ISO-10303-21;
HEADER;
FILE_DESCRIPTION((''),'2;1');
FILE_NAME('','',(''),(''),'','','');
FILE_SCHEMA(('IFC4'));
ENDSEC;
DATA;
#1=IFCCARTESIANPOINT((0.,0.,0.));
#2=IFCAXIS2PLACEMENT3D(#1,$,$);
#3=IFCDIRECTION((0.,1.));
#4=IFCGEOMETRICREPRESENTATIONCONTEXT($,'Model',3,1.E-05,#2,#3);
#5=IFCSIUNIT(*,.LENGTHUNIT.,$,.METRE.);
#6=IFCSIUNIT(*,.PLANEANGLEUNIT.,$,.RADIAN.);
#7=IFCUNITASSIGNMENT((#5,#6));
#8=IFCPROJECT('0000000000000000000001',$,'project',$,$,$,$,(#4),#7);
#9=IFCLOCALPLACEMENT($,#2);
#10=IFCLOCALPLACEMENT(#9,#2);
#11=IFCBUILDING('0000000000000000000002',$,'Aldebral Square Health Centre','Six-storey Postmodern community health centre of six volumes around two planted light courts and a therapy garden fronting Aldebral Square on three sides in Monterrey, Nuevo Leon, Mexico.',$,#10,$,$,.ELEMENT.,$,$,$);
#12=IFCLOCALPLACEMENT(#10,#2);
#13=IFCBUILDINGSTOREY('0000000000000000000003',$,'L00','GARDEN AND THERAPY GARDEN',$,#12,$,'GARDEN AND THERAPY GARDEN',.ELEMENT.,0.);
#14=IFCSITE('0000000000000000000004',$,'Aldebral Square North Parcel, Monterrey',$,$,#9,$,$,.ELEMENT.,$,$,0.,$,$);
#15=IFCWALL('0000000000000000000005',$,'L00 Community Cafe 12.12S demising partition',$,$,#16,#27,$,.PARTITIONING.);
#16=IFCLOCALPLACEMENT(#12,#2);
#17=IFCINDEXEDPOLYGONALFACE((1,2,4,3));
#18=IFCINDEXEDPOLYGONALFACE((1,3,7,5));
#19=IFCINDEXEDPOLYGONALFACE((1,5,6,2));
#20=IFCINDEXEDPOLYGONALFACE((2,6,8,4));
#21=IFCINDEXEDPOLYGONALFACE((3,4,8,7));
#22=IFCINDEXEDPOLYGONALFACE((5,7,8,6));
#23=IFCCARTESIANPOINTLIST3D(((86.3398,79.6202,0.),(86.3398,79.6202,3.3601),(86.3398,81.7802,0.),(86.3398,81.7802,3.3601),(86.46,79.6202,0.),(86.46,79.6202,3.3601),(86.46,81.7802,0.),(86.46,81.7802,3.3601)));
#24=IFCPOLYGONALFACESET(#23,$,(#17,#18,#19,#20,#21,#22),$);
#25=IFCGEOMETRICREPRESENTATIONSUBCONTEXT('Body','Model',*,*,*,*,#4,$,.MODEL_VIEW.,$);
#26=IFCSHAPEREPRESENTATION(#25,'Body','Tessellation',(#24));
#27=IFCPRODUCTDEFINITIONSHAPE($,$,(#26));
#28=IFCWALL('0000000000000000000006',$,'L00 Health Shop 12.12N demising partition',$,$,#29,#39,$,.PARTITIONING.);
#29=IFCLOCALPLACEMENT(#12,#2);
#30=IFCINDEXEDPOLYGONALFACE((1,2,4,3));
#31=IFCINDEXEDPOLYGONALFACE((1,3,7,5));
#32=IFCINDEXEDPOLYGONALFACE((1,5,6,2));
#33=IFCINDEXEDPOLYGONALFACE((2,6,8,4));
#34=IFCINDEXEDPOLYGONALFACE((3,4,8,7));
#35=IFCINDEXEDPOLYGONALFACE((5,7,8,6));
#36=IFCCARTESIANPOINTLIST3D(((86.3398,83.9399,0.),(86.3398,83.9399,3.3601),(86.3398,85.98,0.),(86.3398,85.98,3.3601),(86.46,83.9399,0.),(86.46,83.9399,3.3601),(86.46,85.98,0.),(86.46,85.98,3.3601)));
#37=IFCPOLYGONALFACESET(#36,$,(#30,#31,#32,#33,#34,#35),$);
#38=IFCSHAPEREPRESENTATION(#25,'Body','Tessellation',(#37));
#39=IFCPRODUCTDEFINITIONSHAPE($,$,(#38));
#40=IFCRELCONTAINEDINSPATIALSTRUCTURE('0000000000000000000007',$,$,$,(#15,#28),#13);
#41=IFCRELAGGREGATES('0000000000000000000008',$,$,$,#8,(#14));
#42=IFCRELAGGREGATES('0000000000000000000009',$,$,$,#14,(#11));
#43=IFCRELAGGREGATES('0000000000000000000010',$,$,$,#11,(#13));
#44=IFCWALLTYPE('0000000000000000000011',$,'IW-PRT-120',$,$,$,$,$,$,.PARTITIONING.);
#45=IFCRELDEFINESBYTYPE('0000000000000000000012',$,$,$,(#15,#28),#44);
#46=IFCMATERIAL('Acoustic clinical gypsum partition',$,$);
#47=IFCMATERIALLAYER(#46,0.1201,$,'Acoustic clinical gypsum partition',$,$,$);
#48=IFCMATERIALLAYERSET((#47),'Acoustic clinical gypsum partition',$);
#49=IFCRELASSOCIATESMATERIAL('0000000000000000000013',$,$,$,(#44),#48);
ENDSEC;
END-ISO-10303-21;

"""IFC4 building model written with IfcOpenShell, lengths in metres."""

from ifc_helpers import new_model, si_unit, direction, frame, frame_2d, origin, place, context, subcontext, project, spatial, rectangle, extrude, material, layer, layer_set, type_object, element, save


model = new_model("IFC4")

# Units and contexts
model_context = context("Model", 3, precision=1e-05, world=origin(), true_north=direction((0.0, 1.0)))
body_context = subcontext(model_context, "Body", "Model", "MODEL_VIEW")
ifc_project = project(units=[si_unit("LENGTHUNIT", "METRE"), si_unit("PLANEANGLEUNIT", "RADIAN")], contexts=[model_context])

# Site, building, storey
site_placement = place(None, origin())
site = spatial("IfcSite", under=ifc_project, at=site_placement, Name="Aldebral Square North Parcel, Monterrey", CompositionType="ELEMENT", RefElevation=0.0)
building_placement = place(site_placement, origin())
building = spatial("IfcBuilding", under=site, at=building_placement, Name="Aldebral Square Health Centre", Description="Six-storey Postmodern community health centre of six volumes around two planted light courts and a therapy garden fronting Aldebral Square on three sides in Monterrey, Nuevo Leon, Mexico.", CompositionType="ELEMENT")
storey_placement = place(building_placement, origin())
storey = spatial("IfcBuildingStorey", under=building, at=storey_placement, Name="L00", Description="GARDEN AND THERAPY GARDEN", LongName="GARDEN AND THERAPY GARDEN", CompositionType="ELEMENT", Elevation=0.0)

# Walls
ifc_material_1 = material(Name="Acoustic clinical gypsum partition")
ifc_layer_1 = layer(ifc_material_1, 0.1201, Name="Acoustic clinical gypsum partition")
ifc_layer_set_1 = layer_set([ifc_layer_1], Name="Acoustic clinical gypsum partition")
wall_type_1 = type_object("IfcWallType", Name="IW-PRT-120", PredefinedType="PARTITIONING", material=ifc_layer_set_1)
wall_1_placement = place(storey_placement, frame((86.3999, 79.6201, 0.0), z_axis=(0.0, 0.0, 1.0), x_axis=(0.0, 1.0, 0.0)))
element("IfcWall", 1, at=wall_1_placement, inside=storey, type_object=wall_type_1, Name="L00 Community Cafe 12.12S demising partition", PredefinedType="PARTITIONING", context=body_context, shape_type="SweptSolid", body=[
    extrude(rectangle(XDim=2.1599, YDim=0.1201, at=frame_2d((1.0801, 0.0))), origin(), (0.0, 0.0, 1.0), 3.3601),
])
wall_2_placement = place(storey_placement, frame((86.3999, 83.9399, 0.0), z_axis=(0.0, 0.0, 1.0), x_axis=(0.0, 1.0, 0.0)))
element("IfcWall", 2, at=wall_2_placement, inside=storey, type_object=wall_type_1, Name="L00 Health Shop 12.12N demising partition", PredefinedType="PARTITIONING", context=body_context, shape_type="SweptSolid", body=[
    extrude(rectangle(XDim=2.04, YDim=0.1201, at=frame_2d((1.02, 0.0))), origin(), (0.0, 0.0, 1.0), 3.3601),
])

save(model, "model.ifc")
